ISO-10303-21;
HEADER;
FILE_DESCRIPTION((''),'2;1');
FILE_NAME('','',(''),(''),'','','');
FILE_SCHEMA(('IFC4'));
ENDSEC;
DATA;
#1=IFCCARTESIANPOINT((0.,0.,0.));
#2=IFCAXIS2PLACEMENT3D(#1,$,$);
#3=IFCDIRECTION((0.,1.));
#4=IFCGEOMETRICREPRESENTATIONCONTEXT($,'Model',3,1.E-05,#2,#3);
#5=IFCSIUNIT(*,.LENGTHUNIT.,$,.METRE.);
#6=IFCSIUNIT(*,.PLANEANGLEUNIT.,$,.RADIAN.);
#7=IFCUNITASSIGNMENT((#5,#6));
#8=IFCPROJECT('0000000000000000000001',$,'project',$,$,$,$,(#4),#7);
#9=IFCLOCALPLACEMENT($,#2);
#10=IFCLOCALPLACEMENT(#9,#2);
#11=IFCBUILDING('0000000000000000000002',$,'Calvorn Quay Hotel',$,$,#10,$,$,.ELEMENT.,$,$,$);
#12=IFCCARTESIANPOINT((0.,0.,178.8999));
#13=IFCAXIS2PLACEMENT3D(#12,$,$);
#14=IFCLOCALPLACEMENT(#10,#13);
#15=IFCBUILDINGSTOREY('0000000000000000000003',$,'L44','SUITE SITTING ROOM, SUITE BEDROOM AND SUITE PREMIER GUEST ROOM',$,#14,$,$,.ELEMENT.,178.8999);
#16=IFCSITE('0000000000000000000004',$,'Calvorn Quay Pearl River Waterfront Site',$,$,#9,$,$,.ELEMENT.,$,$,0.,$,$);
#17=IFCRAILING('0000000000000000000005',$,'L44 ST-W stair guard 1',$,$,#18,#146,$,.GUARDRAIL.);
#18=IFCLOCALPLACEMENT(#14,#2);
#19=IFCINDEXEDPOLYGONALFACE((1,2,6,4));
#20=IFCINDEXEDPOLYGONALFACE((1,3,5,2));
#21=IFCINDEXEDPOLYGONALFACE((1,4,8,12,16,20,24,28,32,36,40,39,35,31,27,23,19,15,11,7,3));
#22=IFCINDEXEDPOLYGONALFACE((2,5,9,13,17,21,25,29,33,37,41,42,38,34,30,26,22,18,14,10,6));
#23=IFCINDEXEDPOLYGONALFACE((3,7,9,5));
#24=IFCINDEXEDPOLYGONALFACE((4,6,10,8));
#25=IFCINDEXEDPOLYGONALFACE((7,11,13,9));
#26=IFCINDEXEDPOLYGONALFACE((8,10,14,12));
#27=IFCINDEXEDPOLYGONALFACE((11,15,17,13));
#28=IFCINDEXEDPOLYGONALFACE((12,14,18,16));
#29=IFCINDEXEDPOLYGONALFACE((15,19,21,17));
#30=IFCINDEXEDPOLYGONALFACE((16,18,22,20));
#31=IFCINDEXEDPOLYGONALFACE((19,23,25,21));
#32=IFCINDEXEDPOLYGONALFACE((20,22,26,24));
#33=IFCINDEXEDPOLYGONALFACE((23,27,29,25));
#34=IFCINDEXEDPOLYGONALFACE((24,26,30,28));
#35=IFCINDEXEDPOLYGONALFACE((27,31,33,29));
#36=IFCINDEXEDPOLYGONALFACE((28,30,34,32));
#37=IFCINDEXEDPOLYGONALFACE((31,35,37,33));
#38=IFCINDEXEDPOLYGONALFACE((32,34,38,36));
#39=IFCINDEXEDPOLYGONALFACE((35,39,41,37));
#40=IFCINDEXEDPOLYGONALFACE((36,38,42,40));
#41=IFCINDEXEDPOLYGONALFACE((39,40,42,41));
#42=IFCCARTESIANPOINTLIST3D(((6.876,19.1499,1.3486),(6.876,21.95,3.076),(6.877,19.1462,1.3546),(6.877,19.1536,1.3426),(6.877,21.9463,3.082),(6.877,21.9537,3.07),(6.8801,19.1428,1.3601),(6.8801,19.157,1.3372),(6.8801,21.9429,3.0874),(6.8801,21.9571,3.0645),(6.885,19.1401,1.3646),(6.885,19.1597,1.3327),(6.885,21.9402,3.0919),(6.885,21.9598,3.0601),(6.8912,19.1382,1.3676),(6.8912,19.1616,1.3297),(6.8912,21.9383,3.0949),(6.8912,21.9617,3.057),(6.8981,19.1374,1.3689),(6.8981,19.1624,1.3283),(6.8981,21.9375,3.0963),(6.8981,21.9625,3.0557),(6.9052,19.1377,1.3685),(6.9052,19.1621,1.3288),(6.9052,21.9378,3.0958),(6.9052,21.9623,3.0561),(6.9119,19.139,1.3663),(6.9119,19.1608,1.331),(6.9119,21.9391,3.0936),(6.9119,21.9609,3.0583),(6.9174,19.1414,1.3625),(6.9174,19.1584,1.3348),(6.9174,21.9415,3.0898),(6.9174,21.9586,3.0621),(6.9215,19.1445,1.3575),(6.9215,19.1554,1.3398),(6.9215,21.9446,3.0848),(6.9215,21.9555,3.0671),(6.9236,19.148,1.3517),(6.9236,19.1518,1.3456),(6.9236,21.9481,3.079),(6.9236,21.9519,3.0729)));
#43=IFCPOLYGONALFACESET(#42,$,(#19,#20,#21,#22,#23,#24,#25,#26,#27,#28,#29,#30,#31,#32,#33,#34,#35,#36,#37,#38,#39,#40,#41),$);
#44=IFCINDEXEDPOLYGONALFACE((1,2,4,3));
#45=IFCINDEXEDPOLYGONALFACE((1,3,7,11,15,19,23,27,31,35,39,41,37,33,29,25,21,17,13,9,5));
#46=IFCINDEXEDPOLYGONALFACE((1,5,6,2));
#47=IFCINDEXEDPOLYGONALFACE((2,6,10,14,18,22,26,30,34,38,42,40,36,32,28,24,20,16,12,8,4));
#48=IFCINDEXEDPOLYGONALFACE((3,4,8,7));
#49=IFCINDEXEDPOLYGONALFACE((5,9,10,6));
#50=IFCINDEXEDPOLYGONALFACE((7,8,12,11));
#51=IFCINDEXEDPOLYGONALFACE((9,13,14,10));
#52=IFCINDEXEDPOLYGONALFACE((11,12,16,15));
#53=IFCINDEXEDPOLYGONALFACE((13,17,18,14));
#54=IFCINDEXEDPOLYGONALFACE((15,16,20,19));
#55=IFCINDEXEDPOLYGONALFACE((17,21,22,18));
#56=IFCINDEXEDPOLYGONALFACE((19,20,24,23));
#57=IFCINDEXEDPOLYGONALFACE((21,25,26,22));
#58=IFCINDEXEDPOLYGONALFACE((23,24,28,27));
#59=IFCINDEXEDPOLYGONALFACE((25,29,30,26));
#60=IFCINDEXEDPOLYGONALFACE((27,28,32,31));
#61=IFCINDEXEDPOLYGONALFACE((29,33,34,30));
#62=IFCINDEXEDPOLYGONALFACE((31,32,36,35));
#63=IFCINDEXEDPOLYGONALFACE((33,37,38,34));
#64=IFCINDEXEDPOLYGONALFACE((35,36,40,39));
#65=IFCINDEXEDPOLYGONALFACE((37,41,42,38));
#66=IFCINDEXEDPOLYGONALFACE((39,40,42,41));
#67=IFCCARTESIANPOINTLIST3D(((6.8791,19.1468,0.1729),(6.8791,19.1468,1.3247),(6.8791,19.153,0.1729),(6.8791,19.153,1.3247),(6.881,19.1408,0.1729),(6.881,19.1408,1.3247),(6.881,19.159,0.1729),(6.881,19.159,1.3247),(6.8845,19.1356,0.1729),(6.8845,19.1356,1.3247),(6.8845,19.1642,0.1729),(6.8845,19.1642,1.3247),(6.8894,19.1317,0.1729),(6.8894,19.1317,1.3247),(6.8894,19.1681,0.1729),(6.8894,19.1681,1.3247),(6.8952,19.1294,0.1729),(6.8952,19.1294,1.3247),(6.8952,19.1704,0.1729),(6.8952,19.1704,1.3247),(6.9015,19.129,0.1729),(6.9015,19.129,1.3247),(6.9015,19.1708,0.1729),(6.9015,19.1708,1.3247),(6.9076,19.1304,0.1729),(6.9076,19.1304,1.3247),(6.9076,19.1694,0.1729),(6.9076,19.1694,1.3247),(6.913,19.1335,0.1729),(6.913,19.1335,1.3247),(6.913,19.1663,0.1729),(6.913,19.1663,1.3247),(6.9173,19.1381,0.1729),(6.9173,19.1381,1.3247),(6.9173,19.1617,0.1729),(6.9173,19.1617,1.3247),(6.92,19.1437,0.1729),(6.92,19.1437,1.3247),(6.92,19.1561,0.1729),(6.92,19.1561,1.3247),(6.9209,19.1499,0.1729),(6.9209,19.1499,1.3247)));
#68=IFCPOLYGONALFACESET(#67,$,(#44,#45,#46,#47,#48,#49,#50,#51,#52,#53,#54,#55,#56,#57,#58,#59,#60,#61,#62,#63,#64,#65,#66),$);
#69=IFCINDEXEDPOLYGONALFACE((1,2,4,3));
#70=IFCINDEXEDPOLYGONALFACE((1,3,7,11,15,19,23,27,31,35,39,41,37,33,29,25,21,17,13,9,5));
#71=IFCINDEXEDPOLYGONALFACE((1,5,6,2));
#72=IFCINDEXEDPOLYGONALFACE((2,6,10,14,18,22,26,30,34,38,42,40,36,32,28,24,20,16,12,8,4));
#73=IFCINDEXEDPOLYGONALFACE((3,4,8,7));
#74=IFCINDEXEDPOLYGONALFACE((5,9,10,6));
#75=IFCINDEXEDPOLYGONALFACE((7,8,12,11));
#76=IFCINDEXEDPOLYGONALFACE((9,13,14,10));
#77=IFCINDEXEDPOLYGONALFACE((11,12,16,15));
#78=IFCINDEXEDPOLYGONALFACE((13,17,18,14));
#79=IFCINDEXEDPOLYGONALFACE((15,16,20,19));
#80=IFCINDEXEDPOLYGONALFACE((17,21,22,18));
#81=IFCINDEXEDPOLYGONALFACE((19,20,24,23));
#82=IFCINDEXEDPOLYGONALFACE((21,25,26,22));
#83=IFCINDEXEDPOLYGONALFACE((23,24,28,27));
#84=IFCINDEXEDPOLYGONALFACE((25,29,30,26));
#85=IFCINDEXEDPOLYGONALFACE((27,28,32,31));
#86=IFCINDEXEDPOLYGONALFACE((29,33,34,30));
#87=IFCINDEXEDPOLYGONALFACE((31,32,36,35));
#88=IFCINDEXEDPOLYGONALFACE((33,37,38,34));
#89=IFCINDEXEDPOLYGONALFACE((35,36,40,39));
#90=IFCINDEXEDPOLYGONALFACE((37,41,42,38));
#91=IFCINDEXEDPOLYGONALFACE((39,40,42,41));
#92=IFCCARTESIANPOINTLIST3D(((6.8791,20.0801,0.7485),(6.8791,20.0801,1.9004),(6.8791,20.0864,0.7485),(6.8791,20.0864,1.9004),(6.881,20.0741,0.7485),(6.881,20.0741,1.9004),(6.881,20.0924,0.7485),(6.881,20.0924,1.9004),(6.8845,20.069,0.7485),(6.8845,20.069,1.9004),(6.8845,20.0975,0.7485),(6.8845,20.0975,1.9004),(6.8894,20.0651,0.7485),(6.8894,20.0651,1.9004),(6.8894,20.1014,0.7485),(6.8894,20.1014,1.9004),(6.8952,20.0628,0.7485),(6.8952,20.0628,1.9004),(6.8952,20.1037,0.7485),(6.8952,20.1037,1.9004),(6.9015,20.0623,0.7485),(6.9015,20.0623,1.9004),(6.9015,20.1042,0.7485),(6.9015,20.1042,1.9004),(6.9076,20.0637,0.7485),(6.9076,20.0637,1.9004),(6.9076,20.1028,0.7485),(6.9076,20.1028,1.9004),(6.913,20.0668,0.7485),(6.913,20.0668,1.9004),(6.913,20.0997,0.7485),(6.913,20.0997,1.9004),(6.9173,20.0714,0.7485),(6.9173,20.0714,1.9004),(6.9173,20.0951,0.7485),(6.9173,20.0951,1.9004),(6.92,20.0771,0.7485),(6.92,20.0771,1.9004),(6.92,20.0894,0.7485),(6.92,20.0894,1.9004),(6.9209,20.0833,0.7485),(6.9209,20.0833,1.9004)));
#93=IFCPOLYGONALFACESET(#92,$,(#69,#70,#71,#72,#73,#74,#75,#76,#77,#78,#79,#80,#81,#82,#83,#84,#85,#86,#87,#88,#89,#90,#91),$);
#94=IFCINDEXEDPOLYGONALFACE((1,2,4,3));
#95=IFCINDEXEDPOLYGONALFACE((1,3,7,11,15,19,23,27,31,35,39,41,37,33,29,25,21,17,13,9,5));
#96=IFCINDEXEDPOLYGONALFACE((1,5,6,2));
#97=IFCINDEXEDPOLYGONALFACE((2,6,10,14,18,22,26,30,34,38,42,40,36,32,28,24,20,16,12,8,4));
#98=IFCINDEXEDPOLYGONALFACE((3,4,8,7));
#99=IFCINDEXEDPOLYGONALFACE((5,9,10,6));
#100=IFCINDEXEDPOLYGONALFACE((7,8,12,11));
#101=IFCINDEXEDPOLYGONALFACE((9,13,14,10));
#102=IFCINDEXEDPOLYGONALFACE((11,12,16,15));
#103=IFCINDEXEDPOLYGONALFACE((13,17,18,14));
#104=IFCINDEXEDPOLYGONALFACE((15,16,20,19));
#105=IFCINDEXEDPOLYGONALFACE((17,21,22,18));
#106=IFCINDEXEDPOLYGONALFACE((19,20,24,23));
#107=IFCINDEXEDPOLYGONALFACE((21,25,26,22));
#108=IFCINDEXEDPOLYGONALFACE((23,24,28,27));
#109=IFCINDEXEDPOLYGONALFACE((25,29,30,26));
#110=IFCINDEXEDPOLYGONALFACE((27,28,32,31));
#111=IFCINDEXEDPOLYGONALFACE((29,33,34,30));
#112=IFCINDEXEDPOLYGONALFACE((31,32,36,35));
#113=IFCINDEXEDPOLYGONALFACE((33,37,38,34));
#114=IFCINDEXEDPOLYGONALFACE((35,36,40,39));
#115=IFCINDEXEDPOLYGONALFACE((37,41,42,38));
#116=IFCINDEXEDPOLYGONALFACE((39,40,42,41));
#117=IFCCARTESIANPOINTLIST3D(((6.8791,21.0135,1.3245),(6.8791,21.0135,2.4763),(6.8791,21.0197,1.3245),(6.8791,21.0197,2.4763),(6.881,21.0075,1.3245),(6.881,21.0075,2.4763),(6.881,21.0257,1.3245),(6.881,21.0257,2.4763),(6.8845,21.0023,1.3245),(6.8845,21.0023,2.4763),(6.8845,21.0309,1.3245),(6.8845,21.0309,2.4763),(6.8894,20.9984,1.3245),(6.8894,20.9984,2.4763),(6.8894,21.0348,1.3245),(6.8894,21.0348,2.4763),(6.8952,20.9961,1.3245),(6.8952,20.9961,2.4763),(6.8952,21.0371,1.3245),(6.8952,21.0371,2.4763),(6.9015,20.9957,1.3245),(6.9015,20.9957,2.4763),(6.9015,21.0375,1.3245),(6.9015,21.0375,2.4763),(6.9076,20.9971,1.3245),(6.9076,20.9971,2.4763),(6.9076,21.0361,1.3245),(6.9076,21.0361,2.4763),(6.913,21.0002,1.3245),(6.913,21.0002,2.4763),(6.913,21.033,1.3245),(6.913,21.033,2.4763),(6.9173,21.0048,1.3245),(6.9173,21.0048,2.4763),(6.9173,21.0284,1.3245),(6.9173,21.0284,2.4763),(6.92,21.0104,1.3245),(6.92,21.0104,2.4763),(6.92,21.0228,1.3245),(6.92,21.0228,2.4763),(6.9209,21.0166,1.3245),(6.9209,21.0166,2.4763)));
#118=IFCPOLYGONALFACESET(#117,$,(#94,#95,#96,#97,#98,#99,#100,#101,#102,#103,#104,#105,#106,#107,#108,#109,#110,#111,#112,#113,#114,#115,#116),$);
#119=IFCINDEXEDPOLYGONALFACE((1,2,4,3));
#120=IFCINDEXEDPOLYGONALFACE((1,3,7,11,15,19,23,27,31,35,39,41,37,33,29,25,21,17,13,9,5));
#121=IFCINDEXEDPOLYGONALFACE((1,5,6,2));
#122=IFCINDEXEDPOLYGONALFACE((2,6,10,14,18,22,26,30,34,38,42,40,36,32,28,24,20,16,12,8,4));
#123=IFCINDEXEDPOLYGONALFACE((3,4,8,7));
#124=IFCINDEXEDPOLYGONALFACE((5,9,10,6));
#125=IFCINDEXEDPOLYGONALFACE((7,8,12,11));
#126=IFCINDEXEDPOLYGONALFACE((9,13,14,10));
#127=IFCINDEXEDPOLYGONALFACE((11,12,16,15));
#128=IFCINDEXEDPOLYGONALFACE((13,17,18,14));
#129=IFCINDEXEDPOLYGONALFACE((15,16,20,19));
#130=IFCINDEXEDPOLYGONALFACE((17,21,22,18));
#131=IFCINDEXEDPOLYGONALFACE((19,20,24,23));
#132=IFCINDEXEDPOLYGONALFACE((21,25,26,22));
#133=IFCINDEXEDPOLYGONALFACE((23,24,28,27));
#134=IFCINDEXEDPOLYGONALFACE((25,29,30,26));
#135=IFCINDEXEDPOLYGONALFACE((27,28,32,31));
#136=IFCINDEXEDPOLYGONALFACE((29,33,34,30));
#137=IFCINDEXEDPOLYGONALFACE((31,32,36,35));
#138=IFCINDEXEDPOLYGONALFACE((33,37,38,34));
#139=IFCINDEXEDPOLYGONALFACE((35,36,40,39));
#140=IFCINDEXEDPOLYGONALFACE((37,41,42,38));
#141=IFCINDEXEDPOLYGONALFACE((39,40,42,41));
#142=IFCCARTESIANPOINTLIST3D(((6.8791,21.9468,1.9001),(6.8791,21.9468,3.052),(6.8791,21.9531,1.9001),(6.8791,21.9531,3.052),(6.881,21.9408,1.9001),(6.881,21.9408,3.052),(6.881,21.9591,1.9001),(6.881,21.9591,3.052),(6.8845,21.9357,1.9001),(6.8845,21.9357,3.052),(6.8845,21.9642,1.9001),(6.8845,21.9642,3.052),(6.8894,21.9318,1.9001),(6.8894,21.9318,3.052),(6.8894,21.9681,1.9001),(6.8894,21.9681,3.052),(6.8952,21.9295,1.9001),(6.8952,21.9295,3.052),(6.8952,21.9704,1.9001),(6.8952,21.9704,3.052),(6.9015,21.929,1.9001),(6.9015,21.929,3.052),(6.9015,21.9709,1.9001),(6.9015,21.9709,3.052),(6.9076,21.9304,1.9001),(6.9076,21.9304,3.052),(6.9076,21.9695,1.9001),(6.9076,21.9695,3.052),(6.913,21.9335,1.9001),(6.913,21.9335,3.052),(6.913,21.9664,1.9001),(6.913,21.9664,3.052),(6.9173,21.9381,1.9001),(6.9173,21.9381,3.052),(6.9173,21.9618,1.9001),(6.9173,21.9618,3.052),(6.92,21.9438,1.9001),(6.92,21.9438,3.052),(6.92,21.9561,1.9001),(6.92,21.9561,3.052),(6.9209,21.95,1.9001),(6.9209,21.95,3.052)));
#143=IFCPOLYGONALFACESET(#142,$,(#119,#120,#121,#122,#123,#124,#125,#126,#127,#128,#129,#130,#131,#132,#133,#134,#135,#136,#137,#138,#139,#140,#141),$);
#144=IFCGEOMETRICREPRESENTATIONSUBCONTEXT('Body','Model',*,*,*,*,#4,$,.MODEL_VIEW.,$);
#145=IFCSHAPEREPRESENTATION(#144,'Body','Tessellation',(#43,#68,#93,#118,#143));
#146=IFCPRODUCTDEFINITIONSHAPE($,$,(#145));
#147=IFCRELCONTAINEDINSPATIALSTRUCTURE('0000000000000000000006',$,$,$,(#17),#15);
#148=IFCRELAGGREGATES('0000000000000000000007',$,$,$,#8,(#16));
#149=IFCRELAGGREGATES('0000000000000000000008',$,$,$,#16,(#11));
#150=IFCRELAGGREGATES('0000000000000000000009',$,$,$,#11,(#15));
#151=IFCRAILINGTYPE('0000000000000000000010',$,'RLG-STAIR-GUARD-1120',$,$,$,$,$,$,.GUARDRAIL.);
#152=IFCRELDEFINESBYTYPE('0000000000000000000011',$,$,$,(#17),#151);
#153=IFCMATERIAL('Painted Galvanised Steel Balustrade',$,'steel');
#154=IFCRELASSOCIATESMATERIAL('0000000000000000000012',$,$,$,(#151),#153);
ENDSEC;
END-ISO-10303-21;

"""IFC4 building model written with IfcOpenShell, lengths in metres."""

from ifc_helpers import new_model, si_unit, direction, frame, origin, origin_2d, place, context, subcontext, project, spatial, circle, extrude, material, type_object, element, save


model = new_model("IFC4")

# Units and contexts
model_context = context("Model", 3, precision=1e-05, world=origin(), true_north=direction((0.0, 1.0)))
body_context = subcontext(model_context, "Body", "Model", "MODEL_VIEW")
ifc_project = project(units=[si_unit("LENGTHUNIT", "METRE"), si_unit("PLANEANGLEUNIT", "RADIAN")], contexts=[model_context])

# Site, building, storey
site_placement = place(None, origin())
site = spatial("IfcSite", under=ifc_project, at=site_placement, Name="Calvorn Quay Pearl River Waterfront Site", CompositionType="ELEMENT", RefElevation=0.0)
building_placement = place(site_placement, origin())
building = spatial("IfcBuilding", under=site, at=building_placement, Name="Calvorn Quay Hotel", CompositionType="ELEMENT")
storey_placement = place(building_placement, frame((0.0, 0.0, 178.8999)))
storey = spatial("IfcBuildingStorey", under=building, at=storey_placement, Name="L44", Description="SUITE SITTING ROOM, SUITE BEDROOM AND SUITE PREMIER GUEST ROOM", CompositionType="ELEMENT", Elevation=178.8999)

# Railing
ifc_material_1 = material(Name="Painted Galvanised Steel Balustrade", Category="steel")
railing_type_1 = type_object("IfcRailingType", Name="RLG-STAIR-GUARD-1120", PredefinedType="GUARDRAIL", material=ifc_material_1)
railing_1_placement = place(storey_placement, frame((6.8999, 19.1499, 0.1729)))
element("IfcRailing", 1, at=railing_1_placement, inside=storey, type_object=railing_type_1, Name="L44 ST-W stair guard 1", PredefinedType="GUARDRAIL", context=body_context, shape_type="SweptSolid", body=[
    extrude(circle(Radius=0.0239, at=origin_2d()), frame((0.0, 0.0, 1.1758), z_axis=(0.0, 0.85109, 0.52502), x_axis=(-1.0, 0.0, 0.0)), (0.0, 0.0, 1.0), 3.29),
    extrude(circle(Radius=0.021, at=origin_2d()), origin(), (0.0, 0.0, 1.0), 1.1519),
    extrude(circle(Radius=0.021, at=origin_2d()), frame((0.0, 0.9333, 0.5757)), (0.0, 0.0, 1.0), 1.1519),
    extrude(circle(Radius=0.021, at=origin_2d()), frame((0.0, 1.8667, 1.1516)), (0.0, 0.0, 1.0), 1.1519),
    extrude(circle(Radius=0.021, at=origin_2d()), frame((0.0, 2.8, 1.7273)), (0.0, 0.0, 1.0), 1.1519),
])

save(model, "model.ifc")
